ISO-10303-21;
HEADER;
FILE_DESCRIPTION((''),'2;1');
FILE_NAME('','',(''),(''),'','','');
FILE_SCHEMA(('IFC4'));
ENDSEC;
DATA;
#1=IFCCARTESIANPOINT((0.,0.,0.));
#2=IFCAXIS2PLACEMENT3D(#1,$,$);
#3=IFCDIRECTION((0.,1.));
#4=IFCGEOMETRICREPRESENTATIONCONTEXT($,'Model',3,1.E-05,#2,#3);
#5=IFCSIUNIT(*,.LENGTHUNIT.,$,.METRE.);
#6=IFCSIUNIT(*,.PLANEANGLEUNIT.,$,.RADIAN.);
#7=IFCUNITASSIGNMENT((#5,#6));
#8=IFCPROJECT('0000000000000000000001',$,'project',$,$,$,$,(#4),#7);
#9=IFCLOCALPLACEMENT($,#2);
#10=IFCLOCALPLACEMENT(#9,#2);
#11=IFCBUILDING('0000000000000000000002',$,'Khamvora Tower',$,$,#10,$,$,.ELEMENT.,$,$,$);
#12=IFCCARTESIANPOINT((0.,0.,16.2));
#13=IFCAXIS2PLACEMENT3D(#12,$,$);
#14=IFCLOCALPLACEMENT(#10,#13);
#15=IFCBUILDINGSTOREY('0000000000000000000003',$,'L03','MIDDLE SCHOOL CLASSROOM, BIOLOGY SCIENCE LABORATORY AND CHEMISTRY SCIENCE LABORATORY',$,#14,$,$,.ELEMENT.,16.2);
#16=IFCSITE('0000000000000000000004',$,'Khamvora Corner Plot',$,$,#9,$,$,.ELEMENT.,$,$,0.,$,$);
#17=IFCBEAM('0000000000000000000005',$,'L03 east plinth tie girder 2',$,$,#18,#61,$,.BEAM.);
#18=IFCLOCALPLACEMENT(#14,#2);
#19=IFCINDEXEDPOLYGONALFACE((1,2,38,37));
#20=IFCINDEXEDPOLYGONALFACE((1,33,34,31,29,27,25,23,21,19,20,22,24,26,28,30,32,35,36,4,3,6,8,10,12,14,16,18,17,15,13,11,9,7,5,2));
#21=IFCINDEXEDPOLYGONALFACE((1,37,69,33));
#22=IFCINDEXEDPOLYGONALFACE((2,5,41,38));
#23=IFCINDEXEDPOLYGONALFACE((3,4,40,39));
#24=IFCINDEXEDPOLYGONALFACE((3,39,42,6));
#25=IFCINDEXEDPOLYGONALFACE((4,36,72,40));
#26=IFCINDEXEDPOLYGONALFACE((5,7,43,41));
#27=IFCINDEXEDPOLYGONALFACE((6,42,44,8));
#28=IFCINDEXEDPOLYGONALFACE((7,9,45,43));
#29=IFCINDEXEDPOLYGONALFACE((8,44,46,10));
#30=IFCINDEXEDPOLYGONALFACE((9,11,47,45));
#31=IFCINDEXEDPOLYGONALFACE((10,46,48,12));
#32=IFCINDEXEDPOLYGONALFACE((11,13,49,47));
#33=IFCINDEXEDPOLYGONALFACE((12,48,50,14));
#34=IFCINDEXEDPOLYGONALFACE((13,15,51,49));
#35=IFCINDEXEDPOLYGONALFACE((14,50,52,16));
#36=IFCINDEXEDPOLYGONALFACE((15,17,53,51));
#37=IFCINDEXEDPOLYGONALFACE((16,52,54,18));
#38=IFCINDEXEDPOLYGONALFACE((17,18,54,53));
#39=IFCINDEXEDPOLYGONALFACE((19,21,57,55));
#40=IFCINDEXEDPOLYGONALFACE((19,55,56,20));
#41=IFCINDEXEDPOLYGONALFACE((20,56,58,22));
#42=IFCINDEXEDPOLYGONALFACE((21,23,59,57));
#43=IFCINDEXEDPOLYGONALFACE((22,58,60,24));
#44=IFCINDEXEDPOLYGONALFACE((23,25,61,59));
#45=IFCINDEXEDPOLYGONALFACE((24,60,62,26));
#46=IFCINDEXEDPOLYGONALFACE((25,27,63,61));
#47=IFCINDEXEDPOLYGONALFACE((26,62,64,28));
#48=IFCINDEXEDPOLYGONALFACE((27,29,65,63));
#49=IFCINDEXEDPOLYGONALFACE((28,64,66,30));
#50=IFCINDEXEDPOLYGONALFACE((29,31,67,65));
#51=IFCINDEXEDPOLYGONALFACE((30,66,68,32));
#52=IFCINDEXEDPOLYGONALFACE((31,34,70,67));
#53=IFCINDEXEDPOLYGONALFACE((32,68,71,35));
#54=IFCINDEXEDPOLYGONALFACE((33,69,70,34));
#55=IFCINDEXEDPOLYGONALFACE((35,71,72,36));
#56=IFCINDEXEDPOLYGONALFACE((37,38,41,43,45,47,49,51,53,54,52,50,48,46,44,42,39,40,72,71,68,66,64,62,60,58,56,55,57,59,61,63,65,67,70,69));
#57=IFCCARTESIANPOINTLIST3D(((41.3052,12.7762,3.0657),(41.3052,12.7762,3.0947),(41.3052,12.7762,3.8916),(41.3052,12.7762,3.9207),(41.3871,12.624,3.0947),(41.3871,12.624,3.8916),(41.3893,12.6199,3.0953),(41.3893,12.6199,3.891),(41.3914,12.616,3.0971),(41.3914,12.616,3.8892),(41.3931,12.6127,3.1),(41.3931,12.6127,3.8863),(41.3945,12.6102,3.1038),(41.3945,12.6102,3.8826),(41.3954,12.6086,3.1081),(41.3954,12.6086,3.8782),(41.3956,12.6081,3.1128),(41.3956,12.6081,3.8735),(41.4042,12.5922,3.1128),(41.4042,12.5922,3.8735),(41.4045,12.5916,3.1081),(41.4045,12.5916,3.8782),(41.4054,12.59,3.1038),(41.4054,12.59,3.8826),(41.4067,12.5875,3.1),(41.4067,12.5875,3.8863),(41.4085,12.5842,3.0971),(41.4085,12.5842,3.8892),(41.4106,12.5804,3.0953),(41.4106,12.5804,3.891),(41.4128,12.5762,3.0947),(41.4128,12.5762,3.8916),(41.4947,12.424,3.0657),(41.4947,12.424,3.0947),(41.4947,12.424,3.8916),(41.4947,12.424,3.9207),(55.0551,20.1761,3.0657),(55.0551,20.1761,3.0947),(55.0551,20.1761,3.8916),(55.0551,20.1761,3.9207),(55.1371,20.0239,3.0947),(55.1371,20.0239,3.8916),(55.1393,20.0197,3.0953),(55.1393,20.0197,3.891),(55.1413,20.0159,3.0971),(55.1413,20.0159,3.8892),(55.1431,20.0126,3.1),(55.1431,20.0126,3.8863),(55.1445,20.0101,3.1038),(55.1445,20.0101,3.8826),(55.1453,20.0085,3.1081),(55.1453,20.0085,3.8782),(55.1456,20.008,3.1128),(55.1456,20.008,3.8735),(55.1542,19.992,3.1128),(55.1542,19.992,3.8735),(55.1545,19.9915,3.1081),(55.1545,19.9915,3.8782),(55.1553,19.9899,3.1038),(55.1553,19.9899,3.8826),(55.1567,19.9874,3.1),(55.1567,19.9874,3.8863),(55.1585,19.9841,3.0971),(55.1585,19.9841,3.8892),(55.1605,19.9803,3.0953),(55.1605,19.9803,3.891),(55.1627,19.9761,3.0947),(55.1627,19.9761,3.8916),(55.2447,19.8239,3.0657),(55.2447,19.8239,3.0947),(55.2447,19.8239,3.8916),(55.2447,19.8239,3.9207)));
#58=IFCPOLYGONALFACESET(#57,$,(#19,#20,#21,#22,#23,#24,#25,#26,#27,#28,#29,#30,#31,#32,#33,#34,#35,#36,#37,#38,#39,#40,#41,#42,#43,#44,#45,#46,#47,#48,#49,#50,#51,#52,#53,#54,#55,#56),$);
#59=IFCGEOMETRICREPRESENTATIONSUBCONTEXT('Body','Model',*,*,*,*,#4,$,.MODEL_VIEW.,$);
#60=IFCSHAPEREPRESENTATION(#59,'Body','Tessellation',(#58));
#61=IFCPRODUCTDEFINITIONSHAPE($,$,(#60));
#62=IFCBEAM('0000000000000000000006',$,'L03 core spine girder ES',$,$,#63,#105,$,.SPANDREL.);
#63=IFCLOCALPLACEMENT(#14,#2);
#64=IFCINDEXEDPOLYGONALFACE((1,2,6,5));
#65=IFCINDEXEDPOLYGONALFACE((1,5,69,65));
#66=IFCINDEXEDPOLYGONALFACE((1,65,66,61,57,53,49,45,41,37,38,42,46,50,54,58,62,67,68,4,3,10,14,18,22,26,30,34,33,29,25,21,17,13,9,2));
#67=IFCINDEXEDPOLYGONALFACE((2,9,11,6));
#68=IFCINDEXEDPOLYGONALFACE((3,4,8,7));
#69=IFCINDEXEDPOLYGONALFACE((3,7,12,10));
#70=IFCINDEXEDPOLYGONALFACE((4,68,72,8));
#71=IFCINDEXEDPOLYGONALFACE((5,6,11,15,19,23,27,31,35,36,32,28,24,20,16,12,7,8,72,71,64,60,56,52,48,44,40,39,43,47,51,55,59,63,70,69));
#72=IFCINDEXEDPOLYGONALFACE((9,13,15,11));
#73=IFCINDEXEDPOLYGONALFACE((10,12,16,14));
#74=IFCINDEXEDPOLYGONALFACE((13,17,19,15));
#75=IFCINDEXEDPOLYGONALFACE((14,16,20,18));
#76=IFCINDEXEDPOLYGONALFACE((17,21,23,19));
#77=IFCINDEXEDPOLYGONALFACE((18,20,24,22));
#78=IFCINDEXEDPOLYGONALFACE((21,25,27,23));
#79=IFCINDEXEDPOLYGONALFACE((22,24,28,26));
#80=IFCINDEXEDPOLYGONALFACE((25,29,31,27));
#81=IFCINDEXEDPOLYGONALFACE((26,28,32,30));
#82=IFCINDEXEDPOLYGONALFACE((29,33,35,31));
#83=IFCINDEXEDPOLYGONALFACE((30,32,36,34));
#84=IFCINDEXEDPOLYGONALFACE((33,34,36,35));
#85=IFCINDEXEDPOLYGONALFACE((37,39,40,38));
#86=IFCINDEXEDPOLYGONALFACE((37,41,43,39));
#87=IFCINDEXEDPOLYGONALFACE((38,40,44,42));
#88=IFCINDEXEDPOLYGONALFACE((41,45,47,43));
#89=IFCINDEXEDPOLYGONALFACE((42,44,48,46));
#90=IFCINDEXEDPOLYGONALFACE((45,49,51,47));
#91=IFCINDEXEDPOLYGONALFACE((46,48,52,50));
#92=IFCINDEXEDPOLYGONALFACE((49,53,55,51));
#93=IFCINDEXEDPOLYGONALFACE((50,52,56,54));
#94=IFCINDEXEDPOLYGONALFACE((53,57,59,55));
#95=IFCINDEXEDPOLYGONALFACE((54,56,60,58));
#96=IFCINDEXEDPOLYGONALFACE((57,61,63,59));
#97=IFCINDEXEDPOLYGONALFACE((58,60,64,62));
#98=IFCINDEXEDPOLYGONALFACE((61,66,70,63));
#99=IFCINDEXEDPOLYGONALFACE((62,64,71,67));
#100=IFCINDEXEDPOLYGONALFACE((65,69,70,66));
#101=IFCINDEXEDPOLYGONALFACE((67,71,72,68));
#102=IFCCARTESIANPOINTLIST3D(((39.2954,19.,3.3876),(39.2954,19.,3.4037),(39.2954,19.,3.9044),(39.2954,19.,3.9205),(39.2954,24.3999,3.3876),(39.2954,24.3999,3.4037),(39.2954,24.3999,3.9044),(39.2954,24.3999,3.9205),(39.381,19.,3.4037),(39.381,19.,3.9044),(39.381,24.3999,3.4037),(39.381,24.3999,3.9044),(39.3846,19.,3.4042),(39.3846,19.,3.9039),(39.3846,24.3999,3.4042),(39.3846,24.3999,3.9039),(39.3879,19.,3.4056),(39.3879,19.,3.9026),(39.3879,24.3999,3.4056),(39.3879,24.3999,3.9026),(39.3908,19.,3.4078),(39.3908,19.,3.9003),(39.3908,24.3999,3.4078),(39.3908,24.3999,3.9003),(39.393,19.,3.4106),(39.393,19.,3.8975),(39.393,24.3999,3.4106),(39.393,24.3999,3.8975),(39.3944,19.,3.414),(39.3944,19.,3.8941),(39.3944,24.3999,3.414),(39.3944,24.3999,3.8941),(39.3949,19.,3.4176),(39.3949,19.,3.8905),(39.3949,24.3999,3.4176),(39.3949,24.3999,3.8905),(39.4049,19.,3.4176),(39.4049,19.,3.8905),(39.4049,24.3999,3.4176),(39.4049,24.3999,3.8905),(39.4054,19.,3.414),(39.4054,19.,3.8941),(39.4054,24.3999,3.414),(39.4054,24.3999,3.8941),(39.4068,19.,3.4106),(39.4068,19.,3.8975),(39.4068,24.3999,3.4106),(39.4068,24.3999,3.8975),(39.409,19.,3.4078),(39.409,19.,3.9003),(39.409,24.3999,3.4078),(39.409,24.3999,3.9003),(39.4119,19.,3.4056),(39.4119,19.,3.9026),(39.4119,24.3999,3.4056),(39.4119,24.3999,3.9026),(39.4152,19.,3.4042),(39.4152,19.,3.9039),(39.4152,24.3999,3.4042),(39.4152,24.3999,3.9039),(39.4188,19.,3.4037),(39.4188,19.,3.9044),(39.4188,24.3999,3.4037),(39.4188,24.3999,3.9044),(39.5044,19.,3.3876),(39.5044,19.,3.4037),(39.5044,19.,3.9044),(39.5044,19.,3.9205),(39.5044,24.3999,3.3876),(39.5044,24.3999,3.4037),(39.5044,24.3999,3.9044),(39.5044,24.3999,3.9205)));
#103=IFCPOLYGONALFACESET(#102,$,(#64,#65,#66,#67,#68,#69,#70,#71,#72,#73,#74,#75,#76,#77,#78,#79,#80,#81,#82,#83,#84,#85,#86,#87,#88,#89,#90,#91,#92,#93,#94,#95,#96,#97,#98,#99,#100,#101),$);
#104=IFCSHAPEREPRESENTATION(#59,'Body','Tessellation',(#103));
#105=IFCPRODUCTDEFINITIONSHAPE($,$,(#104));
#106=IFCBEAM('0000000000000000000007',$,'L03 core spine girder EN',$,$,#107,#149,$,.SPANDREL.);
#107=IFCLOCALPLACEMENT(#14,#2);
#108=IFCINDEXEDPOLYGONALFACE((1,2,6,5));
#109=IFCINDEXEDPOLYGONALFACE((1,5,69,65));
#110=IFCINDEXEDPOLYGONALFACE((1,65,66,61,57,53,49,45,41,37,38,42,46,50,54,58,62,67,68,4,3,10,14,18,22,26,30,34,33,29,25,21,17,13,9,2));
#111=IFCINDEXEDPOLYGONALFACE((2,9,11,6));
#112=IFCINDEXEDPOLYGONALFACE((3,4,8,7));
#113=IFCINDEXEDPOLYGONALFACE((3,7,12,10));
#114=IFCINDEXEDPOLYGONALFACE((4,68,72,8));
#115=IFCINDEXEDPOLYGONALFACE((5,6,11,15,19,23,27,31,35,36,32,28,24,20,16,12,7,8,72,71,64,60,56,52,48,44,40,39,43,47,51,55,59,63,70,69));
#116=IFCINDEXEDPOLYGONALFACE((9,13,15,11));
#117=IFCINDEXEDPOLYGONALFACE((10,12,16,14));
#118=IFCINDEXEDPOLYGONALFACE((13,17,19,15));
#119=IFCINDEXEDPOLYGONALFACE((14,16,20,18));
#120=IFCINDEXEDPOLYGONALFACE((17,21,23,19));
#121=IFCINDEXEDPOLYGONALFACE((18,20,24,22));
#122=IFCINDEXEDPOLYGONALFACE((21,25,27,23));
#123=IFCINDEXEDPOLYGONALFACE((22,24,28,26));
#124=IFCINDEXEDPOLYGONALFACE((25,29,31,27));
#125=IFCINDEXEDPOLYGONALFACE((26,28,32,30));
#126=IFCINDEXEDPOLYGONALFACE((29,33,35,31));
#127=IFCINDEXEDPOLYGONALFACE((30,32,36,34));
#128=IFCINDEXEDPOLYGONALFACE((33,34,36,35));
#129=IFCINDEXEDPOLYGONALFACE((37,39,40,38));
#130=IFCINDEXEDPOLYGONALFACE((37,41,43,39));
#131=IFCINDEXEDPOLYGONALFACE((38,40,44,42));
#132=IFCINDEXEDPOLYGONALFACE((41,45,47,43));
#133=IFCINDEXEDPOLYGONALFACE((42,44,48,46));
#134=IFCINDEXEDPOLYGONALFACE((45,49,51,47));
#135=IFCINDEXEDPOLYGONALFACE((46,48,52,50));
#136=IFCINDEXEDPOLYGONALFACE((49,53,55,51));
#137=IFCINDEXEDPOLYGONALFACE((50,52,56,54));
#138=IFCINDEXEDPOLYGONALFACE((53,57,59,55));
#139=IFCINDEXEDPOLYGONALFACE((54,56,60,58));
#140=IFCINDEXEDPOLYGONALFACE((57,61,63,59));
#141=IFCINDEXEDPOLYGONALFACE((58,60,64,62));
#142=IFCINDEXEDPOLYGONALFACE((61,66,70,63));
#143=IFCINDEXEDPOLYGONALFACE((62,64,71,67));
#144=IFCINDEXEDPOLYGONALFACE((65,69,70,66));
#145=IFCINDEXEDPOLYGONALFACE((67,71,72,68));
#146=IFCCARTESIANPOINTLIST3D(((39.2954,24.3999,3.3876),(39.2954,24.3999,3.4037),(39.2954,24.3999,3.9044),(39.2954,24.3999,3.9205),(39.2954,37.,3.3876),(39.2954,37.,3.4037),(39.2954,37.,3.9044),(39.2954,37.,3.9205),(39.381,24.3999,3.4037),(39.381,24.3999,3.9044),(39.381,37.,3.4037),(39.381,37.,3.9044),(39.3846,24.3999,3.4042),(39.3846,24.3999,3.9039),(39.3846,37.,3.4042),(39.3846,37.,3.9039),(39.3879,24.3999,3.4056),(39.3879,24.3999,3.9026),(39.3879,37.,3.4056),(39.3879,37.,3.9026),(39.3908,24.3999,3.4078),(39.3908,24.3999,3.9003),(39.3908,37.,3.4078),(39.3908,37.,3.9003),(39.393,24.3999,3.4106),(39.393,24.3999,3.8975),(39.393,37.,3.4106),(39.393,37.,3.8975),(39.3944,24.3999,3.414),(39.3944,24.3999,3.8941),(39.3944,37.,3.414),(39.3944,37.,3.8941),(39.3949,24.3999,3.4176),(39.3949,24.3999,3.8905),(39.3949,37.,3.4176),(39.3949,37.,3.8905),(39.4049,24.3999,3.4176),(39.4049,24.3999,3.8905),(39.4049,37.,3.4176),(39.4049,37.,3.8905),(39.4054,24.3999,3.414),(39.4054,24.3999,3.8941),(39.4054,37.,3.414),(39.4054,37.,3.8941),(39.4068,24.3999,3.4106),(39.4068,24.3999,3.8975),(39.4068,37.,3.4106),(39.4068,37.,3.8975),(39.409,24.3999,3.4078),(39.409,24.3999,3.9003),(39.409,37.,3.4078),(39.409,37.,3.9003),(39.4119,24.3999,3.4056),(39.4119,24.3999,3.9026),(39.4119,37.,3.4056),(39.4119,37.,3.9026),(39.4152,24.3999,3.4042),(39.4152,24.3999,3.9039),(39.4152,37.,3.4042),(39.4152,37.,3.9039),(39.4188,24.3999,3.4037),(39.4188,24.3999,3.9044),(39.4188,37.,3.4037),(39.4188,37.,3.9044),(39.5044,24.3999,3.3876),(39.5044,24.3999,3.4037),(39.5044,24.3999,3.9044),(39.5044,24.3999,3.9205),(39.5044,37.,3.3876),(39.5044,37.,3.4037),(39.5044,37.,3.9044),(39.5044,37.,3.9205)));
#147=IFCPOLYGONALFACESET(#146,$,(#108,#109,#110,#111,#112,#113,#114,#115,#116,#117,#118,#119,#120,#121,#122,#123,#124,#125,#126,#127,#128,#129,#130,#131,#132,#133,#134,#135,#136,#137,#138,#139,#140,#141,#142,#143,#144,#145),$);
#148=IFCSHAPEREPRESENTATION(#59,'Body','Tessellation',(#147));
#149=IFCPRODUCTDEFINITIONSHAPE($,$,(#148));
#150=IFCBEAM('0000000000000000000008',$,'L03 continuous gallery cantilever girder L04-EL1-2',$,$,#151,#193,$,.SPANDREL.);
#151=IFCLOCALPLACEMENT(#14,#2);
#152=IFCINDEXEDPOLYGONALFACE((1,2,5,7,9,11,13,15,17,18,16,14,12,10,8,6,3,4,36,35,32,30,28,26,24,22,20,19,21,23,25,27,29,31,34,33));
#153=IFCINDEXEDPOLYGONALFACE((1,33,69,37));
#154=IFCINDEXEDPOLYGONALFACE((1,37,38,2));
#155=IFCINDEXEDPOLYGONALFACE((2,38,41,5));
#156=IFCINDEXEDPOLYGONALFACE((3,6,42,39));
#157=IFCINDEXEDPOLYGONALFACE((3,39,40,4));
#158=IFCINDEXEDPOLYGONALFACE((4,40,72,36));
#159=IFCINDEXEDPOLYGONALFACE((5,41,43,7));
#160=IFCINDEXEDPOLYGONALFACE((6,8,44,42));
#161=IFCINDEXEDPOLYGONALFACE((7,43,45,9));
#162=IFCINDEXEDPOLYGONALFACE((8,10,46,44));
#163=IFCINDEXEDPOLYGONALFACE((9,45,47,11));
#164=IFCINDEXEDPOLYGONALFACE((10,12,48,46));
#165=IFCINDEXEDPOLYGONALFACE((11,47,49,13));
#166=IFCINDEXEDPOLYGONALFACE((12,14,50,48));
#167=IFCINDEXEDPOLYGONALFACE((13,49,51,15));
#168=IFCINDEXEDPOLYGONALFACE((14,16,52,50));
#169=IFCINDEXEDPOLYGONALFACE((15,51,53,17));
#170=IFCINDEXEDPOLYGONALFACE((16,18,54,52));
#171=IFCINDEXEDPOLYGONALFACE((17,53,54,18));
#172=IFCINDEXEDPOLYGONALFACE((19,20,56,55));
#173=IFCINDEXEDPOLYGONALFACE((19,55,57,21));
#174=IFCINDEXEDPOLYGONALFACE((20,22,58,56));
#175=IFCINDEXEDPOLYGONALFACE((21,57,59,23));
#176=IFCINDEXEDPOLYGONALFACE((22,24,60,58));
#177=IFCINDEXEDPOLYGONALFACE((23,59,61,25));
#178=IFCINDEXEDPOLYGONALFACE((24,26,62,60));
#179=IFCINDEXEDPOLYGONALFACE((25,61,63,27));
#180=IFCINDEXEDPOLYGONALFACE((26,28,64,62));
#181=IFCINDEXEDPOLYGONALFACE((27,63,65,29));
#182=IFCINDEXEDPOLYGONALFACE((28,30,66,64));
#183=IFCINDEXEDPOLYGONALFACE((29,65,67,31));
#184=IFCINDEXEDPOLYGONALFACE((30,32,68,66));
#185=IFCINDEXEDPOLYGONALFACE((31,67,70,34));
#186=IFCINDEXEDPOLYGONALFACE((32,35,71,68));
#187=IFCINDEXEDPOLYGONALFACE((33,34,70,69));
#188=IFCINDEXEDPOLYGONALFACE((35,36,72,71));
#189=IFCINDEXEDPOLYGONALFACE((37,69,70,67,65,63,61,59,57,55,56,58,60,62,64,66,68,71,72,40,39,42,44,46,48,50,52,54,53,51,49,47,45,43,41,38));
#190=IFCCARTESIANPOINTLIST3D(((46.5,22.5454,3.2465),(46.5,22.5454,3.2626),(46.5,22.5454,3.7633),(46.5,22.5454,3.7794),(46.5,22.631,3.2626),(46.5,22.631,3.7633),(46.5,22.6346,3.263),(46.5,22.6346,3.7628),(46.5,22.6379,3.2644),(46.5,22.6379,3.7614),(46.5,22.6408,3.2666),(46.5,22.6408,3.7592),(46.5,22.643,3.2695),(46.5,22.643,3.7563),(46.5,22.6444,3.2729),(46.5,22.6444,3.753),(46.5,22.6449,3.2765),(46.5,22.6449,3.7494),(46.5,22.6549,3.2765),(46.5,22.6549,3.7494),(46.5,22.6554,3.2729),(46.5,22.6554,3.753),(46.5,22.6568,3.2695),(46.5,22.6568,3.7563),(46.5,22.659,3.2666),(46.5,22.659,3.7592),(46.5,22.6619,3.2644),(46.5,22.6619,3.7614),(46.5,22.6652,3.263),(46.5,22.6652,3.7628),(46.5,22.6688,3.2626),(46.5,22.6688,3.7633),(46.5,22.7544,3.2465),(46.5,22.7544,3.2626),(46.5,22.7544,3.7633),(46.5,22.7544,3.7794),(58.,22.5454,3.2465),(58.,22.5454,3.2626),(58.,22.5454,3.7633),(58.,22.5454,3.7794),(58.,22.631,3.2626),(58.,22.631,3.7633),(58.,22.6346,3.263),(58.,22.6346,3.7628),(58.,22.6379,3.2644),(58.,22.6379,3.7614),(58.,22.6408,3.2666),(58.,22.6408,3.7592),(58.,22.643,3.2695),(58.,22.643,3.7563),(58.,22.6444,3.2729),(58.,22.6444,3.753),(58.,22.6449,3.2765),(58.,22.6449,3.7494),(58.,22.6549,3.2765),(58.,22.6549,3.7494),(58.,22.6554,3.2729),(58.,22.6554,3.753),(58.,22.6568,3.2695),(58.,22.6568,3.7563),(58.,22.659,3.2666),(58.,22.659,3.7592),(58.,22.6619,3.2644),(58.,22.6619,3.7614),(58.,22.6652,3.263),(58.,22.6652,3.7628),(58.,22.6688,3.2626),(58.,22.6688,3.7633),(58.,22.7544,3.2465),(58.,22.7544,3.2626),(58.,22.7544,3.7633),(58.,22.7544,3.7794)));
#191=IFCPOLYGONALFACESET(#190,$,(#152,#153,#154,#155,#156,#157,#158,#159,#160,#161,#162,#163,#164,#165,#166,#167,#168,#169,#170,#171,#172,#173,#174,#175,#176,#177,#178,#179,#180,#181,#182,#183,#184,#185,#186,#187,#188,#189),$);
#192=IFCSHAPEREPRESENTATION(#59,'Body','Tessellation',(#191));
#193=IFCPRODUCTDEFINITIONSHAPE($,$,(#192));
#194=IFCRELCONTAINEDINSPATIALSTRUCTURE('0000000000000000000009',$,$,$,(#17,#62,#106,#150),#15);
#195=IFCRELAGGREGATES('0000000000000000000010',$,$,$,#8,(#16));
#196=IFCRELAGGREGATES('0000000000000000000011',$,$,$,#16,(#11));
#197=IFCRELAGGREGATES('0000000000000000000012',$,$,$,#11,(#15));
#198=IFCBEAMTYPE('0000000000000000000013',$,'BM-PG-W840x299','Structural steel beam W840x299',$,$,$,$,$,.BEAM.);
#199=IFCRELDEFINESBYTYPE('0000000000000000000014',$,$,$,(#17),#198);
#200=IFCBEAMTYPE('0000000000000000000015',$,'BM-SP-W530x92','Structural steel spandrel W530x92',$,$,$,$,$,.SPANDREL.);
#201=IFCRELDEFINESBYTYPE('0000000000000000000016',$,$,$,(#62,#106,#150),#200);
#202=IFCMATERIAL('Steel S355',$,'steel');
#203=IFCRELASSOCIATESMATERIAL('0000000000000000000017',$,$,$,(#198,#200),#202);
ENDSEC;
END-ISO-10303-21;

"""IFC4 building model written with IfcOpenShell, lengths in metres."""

from ifc_helpers import new_model, si_unit, direction, frame, origin, origin_2d, place, context, subcontext, project, spatial, i_section, extrude, material, material_profile, profile_set, type_object, element, save


model = new_model("IFC4")

# Units and contexts
model_context = context("Model", 3, precision=1e-05, world=origin(), true_north=direction((0.0, 1.0)))
body_context = subcontext(model_context, "Body", "Model", "MODEL_VIEW")
ifc_project = project(units=[si_unit("LENGTHUNIT", "METRE"), si_unit("PLANEANGLEUNIT", "RADIAN")], contexts=[model_context])

# Site, building, storey
site_placement = place(None, origin())
site = spatial("IfcSite", under=ifc_project, at=site_placement, Name="Khamvora Corner Plot", CompositionType="ELEMENT", RefElevation=0.0)
building_placement = place(site_placement, origin())
building = spatial("IfcBuilding", under=site, at=building_placement, Name="Khamvora Tower", CompositionType="ELEMENT")
storey_placement = place(building_placement, frame((0.0, 0.0, 16.2)))
storey = spatial("IfcBuildingStorey", under=building, at=storey_placement, Name="L03", Description="MIDDLE SCHOOL CLASSROOM, BIOLOGY SCIENCE LABORATORY AND CHEMISTRY SCIENCE LABORATORY", CompositionType="ELEMENT", Elevation=16.2)

# Beams
ifc_material_1 = material(Name="Steel S355", Category="steel")
ifc_material_profile_1 = material_profile(ifc_material_1, i_section(OverallWidth=0.3999, OverallDepth=0.855, WebThickness=0.0181, FlangeThickness=0.0291, FilletRadius=0.0181, at=origin_2d()), Name="W840x299")
ifc_profile_set_1 = profile_set([ifc_material_profile_1], Name="Steel S355")
beam_type_1 = type_object("IfcBeamType", Name="BM-PG-W840x299", Description="Structural steel beam W840x299", PredefinedType="BEAM", material=ifc_profile_set_1)
beam_1_placement = place(storey_placement, frame((55.1499, 20.0, 3.4932), z_axis=(-0.880577, -0.473904, 0.0), x_axis=(0.473904, -0.880577, 0.0)))
element("IfcBeam", 1, at=beam_1_placement, inside=storey, type_object=beam_type_1, Name="L03 east plinth tie girder 2", PredefinedType="BEAM", context=body_context, shape_type="SweptSolid", body=[
    extrude(i_section(OverallWidth=0.3999, OverallDepth=0.855, WebThickness=0.0181, FlangeThickness=0.0291, FilletRadius=0.0181, at=origin_2d()), origin(), (0.0, 0.0, 1.0), 15.6147),
])
ifc_material_profile_2 = material_profile(ifc_material_1, i_section(OverallWidth=0.209, OverallDepth=0.533, WebThickness=0.01, FlangeThickness=0.0161, FilletRadius=0.0139, at=origin_2d()), Name="W530x92")
ifc_profile_set_2 = profile_set([ifc_material_profile_2], Name="Steel S355")
beam_type_2 = type_object("IfcBeamType", Name="BM-SP-W530x92", Description="Structural steel spandrel W530x92", PredefinedType="SPANDREL", material=ifc_profile_set_2)
beam_2_placement = place(storey_placement, frame((39.3999, 19.0, 3.6541), z_axis=(0.0, 1.0, 0.0), x_axis=(-1.0, 0.0, 0.0)))
element("IfcBeam", 2, at=beam_2_placement, inside=storey, type_object=beam_type_2, Name="L03 core spine girder ES", PredefinedType="SPANDREL", context=body_context, shape_type="SweptSolid", body=[
    extrude(i_section(OverallWidth=0.209, OverallDepth=0.533, WebThickness=0.01, FlangeThickness=0.0161, FilletRadius=0.0139, at=origin_2d()), origin(), (0.0, 0.0, 1.0), 5.3999),
])
beam_3_placement = place(storey_placement, frame((39.3999, 24.3999, 3.6541), z_axis=(0.0, 1.0, 0.0), x_axis=(-1.0, 0.0, 0.0)))
element("IfcBeam", 3, at=beam_3_placement, inside=storey, type_object=beam_type_2, Name="L03 core spine girder EN", PredefinedType="SPANDREL", context=body_context, shape_type="SweptSolid", body=[
    extrude(i_section(OverallWidth=0.209, OverallDepth=0.533, WebThickness=0.01, FlangeThickness=0.0161, FilletRadius=0.0139, at=origin_2d()), origin(), (0.0, 0.0, 1.0), 12.6001),
])
beam_4_placement = place(storey_placement, frame((46.5, 22.6499, 3.5129), z_axis=(1.0, 0.0, 0.0), x_axis=(0.0, 1.0, 0.0)))
element("IfcBeam", 4, at=beam_4_placement, inside=storey, type_object=beam_type_2, Name="L03 continuous gallery cantilever girder L04-EL1-2", PredefinedType="SPANDREL", context=body_context, shape_type="SweptSolid", body=[
    extrude(i_section(OverallWidth=0.209, OverallDepth=0.533, WebThickness=0.01, FlangeThickness=0.0161, FilletRadius=0.0139, at=origin_2d()), origin(), (0.0, 0.0, 1.0), 11.5),
])

save(model, "model.ifc")
